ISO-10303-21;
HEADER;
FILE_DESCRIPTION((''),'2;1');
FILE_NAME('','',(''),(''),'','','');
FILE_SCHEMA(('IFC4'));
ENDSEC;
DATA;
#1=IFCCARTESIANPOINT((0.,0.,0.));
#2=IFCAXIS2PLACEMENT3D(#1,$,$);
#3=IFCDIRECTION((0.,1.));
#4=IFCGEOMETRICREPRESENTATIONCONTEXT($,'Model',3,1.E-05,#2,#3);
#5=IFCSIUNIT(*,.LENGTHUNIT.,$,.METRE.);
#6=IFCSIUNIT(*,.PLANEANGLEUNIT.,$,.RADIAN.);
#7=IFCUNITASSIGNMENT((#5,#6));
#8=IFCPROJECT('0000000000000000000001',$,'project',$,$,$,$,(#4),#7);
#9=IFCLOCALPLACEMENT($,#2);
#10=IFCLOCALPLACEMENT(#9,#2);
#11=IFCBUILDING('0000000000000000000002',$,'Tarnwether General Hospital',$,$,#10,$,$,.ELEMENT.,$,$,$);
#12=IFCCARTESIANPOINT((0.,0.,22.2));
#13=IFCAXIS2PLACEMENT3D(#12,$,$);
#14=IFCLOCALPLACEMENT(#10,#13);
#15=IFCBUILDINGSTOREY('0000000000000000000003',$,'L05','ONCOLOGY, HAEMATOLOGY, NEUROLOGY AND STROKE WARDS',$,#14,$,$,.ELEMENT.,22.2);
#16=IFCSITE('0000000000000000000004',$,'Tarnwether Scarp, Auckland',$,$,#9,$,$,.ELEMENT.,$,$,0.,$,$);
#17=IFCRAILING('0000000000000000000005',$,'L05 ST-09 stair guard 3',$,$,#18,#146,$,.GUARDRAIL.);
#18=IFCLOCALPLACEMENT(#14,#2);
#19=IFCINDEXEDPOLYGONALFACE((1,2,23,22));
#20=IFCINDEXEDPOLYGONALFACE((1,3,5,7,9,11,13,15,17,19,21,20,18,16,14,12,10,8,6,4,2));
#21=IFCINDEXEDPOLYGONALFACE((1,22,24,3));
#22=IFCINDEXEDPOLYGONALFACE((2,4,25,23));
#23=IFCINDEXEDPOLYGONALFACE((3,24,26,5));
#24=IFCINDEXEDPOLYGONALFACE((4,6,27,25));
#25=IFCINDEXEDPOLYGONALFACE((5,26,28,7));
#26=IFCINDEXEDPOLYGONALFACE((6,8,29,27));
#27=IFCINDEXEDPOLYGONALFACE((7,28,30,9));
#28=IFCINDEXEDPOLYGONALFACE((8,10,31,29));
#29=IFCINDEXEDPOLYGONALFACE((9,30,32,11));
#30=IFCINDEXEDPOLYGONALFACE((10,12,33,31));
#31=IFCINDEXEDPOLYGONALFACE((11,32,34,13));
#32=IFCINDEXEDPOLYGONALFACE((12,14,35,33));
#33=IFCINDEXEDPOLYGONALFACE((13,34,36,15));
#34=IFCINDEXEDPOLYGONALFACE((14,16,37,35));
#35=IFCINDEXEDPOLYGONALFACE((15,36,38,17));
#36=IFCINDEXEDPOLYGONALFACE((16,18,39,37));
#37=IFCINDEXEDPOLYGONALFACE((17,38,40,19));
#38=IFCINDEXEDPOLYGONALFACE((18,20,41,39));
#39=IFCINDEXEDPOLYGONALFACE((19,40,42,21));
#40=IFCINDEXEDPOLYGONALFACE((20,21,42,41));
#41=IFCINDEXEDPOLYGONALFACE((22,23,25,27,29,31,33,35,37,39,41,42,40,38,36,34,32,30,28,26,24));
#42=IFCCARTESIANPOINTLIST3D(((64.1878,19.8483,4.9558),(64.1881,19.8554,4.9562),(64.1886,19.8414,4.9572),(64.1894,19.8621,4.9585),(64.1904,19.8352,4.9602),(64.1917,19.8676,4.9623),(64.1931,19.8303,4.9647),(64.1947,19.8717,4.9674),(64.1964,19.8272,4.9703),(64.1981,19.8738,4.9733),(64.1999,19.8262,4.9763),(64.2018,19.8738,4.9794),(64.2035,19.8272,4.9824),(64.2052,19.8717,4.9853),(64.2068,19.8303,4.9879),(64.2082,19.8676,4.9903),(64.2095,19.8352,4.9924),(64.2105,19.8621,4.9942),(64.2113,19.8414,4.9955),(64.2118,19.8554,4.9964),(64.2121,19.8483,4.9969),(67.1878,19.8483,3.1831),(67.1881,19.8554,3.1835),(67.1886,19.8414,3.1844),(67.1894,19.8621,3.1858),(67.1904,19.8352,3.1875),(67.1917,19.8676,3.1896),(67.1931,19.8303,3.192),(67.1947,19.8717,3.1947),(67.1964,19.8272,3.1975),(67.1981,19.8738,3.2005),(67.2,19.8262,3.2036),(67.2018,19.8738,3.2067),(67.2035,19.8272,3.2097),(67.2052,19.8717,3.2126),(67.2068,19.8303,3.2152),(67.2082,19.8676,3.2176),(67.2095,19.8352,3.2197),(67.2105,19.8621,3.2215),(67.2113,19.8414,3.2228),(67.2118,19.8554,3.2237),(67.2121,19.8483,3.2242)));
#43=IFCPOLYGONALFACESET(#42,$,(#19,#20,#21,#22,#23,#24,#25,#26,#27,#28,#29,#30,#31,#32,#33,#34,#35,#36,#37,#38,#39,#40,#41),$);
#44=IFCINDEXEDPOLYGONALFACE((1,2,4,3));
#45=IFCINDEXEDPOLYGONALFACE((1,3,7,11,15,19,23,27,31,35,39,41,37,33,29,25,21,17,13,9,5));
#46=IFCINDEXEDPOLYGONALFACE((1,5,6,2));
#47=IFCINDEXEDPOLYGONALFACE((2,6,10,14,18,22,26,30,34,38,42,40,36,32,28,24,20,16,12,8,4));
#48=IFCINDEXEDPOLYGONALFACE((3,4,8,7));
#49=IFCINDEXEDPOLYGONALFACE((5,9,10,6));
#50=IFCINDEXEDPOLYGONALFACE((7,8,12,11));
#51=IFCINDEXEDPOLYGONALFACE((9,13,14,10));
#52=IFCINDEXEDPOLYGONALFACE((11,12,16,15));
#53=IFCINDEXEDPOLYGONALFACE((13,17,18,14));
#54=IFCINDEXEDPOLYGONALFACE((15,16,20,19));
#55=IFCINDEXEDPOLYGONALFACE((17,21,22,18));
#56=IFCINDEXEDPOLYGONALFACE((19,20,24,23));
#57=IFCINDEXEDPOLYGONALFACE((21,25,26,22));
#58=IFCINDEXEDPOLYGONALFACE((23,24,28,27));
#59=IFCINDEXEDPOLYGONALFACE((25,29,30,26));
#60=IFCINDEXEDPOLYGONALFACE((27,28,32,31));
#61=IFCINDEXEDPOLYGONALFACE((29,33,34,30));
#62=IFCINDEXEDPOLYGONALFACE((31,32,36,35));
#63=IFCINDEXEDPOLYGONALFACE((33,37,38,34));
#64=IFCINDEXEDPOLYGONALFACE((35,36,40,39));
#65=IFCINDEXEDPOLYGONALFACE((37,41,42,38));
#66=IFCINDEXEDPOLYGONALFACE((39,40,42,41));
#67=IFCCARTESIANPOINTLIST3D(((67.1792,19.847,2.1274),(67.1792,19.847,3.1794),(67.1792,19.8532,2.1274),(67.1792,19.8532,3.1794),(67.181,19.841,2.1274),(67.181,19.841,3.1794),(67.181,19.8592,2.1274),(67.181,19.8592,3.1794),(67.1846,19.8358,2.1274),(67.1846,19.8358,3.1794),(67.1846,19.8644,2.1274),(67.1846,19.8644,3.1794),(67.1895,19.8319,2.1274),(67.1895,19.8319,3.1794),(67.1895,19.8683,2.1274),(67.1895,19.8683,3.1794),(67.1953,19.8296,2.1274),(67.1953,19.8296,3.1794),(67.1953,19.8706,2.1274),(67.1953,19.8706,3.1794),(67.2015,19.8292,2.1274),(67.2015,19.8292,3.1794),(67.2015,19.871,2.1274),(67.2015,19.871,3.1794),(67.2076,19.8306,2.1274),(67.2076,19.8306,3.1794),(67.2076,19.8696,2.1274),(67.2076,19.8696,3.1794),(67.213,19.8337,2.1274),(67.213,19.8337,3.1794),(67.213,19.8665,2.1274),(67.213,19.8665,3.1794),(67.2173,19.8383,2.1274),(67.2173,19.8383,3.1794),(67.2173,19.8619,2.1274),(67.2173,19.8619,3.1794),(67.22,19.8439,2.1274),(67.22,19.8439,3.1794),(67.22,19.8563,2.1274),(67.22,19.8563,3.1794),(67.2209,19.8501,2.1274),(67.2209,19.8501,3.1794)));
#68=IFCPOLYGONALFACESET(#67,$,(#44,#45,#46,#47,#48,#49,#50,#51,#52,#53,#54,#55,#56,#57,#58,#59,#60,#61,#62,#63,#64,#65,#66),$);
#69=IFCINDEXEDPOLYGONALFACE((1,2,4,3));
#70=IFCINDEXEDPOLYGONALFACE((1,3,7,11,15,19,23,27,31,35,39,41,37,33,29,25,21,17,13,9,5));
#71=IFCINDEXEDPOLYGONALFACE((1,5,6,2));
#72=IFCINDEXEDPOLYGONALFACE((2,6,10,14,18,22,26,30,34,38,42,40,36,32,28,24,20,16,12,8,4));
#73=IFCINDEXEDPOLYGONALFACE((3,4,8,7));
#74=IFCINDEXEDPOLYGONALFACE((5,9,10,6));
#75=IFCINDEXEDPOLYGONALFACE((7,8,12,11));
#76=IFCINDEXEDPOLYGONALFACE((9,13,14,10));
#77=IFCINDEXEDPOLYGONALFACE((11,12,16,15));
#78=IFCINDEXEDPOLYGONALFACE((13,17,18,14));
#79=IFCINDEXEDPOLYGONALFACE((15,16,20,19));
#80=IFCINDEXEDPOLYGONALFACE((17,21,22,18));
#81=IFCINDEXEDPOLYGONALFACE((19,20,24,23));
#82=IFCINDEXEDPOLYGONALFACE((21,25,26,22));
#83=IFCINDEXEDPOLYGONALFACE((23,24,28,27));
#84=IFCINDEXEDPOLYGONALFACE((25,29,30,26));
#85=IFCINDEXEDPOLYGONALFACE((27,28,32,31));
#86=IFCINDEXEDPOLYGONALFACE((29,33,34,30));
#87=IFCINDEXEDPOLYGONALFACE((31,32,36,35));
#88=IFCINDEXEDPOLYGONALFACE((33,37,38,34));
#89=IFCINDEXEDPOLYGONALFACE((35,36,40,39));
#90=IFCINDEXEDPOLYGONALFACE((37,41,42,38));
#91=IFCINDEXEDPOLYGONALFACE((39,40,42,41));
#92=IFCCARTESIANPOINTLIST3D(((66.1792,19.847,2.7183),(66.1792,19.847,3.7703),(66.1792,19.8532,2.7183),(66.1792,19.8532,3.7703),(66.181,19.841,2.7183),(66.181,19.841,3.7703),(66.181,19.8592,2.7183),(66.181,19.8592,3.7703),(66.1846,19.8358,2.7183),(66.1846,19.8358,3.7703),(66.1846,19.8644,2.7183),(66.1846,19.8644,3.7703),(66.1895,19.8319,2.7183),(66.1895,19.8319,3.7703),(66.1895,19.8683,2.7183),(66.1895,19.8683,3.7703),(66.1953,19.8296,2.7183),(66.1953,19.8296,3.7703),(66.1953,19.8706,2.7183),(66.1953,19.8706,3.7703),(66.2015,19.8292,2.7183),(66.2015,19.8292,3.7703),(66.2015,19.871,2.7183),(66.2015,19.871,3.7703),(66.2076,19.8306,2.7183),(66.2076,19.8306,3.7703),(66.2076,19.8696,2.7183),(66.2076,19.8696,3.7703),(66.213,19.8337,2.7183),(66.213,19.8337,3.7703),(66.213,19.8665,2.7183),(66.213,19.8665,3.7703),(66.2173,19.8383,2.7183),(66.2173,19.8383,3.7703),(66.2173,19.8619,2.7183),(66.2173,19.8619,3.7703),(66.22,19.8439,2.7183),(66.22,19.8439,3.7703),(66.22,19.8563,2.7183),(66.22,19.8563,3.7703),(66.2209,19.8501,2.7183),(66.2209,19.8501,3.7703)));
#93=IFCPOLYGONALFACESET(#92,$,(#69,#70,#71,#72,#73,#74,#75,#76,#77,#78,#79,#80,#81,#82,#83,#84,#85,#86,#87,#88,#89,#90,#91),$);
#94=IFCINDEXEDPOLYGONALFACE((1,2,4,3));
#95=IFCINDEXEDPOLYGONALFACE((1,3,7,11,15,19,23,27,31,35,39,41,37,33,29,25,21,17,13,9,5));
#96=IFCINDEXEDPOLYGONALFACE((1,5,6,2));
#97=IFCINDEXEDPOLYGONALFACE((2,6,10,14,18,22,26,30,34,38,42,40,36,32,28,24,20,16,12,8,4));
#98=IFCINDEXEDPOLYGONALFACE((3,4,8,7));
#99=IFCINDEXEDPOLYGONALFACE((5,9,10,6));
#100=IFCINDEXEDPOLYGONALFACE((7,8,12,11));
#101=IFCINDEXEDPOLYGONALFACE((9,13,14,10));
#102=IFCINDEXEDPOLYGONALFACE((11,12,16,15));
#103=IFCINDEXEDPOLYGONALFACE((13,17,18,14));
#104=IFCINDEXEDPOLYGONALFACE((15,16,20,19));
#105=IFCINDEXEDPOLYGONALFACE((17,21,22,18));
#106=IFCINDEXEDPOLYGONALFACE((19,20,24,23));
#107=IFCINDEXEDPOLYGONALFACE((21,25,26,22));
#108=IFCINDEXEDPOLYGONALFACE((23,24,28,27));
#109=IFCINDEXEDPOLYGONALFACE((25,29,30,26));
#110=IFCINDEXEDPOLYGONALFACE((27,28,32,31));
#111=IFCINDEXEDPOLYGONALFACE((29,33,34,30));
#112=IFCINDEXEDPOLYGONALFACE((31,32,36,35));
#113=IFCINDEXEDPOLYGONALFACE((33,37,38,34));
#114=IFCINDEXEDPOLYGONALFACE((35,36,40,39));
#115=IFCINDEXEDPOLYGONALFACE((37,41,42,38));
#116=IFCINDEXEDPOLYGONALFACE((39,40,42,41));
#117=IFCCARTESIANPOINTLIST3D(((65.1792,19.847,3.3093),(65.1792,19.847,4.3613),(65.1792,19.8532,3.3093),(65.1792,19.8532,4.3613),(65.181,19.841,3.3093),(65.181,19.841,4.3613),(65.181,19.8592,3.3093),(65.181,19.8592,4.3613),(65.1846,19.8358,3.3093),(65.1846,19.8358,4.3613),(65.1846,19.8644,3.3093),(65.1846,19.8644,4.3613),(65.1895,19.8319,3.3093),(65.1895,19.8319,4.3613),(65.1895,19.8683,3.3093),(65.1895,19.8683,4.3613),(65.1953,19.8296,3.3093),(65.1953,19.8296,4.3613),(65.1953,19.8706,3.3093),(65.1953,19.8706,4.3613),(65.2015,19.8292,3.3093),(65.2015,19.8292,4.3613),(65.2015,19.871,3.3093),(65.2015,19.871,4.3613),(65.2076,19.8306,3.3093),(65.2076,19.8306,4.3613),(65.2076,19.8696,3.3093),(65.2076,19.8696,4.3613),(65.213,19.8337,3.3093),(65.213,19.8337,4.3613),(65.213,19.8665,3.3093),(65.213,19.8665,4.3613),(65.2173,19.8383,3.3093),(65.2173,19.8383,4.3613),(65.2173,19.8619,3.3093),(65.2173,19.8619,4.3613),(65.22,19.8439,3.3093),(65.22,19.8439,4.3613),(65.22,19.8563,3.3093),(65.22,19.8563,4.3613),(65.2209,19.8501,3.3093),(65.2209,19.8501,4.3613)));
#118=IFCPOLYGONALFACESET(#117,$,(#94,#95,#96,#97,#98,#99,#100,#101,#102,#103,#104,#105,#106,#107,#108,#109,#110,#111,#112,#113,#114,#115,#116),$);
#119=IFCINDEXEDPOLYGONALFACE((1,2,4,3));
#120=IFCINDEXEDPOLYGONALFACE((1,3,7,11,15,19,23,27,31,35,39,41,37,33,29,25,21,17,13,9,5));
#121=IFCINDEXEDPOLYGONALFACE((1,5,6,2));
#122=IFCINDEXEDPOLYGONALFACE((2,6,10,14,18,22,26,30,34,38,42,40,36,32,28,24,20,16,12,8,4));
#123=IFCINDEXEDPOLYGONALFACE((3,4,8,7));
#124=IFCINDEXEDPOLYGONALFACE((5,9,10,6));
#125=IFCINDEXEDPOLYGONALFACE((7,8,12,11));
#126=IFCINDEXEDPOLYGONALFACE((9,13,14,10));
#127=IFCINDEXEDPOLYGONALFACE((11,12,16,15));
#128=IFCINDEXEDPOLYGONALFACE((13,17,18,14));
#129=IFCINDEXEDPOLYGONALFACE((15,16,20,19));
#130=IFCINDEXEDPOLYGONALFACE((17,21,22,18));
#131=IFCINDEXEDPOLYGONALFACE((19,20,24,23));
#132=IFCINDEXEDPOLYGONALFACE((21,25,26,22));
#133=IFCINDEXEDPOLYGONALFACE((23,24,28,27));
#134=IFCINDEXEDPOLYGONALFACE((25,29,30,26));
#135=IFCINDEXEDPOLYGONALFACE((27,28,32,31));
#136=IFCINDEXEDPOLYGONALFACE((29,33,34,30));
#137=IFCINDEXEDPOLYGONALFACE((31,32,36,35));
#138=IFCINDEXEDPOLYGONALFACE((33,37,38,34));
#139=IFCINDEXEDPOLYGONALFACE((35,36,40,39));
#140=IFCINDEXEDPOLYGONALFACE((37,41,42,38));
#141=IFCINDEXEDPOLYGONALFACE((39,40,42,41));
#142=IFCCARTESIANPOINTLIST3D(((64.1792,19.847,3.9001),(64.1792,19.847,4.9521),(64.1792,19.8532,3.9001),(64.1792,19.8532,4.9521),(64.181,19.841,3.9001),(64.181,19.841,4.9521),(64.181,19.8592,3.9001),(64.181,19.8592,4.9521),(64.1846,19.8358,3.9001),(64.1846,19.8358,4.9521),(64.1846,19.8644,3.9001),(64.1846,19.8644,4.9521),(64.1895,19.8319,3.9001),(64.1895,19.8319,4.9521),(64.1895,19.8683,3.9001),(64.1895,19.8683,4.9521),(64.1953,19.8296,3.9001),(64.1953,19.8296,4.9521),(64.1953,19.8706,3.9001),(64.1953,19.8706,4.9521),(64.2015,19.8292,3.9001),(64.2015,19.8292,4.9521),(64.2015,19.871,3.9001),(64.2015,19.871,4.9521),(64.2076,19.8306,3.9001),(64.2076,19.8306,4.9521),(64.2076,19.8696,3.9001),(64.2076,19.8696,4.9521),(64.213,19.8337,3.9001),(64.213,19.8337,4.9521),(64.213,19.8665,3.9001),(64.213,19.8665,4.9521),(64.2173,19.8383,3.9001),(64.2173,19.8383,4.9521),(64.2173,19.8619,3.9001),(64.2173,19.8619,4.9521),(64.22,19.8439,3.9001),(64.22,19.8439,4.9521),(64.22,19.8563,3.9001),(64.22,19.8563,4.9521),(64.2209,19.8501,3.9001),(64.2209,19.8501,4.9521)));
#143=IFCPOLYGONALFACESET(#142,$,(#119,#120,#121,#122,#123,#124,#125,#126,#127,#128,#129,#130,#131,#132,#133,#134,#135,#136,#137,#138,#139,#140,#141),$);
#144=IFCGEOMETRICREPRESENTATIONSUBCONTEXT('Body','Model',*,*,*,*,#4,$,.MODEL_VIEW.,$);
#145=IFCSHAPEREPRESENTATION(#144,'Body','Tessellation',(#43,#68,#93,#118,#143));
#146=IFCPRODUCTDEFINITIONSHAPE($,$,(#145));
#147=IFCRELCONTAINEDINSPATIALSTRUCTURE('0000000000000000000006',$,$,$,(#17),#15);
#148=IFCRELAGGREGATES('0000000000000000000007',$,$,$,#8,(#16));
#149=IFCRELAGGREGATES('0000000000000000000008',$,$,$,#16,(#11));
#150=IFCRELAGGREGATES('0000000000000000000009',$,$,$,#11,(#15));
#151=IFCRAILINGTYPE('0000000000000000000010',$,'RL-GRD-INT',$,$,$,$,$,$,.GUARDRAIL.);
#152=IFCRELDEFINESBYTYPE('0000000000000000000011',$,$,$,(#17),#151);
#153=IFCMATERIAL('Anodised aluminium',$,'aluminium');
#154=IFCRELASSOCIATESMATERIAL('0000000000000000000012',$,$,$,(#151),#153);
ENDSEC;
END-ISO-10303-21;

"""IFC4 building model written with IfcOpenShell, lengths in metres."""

from ifc_helpers import new_model, si_unit, direction, frame, origin, origin_2d, place, context, subcontext, project, spatial, circle, extrude, material, type_object, element, save


model = new_model("IFC4")

# Units and contexts
model_context = context("Model", 3, precision=1e-05, world=origin(), true_north=direction((0.0, 1.0)))
body_context = subcontext(model_context, "Body", "Model", "MODEL_VIEW")
ifc_project = project(units=[si_unit("LENGTHUNIT", "METRE"), si_unit("PLANEANGLEUNIT", "RADIAN")], contexts=[model_context])

# Site, building, storey
site_placement = place(None, origin())
site = spatial("IfcSite", under=ifc_project, at=site_placement, Name="Tarnwether Scarp, Auckland", CompositionType="ELEMENT", RefElevation=0.0)
building_placement = place(site_placement, origin())
building = spatial("IfcBuilding", under=site, at=building_placement, Name="Tarnwether General Hospital", CompositionType="ELEMENT")
storey_placement = place(building_placement, frame((0.0, 0.0, 22.2)))
storey = spatial("IfcBuildingStorey", under=building, at=storey_placement, Name="L05", Description="ONCOLOGY, HAEMATOLOGY, NEUROLOGY AND STROKE WARDS", CompositionType="ELEMENT", Elevation=22.2)

# Railing
ifc_material_1 = material(Name="Anodised aluminium", Category="aluminium")
railing_type_1 = type_object("IfcRailingType", Name="RL-GRD-INT", PredefinedType="GUARDRAIL", material=ifc_material_1)
railing_1_placement = place(storey_placement, frame((67.2, 19.8501, 2.1274)))
element("IfcRailing", 1, at=railing_1_placement, inside=storey, type_object=railing_type_1, Name="L05 ST-09 stair guard 3", PredefinedType="GUARDRAIL", context=body_context, shape_type="SweptSolid", body=[
    extrude(circle(Radius=0.0239, at=origin_2d()), frame((0.0, 0.0, 1.0762), z_axis=(-0.860929, 0.0, 0.508725), x_axis=(0.0, -1.0, 0.0)), (0.0, 0.0, 1.0), 3.4846),
    extrude(circle(Radius=0.021, at=origin_2d()), origin(), (0.0, 0.0, 1.0), 1.052),
    extrude(circle(Radius=0.021, at=origin_2d()), frame((-1.0, 0.0, 0.5908)), (0.0, 0.0, 1.0), 1.052),
    extrude(circle(Radius=0.021, at=origin_2d()), frame((-2.0, 0.0, 1.1819)), (0.0, 0.0, 1.0), 1.052),
    extrude(circle(Radius=0.021, at=origin_2d()), frame((-3.0, 0.0, 1.7727)), (0.0, 0.0, 1.0), 1.052),
])

save(model, "model.ifc")
